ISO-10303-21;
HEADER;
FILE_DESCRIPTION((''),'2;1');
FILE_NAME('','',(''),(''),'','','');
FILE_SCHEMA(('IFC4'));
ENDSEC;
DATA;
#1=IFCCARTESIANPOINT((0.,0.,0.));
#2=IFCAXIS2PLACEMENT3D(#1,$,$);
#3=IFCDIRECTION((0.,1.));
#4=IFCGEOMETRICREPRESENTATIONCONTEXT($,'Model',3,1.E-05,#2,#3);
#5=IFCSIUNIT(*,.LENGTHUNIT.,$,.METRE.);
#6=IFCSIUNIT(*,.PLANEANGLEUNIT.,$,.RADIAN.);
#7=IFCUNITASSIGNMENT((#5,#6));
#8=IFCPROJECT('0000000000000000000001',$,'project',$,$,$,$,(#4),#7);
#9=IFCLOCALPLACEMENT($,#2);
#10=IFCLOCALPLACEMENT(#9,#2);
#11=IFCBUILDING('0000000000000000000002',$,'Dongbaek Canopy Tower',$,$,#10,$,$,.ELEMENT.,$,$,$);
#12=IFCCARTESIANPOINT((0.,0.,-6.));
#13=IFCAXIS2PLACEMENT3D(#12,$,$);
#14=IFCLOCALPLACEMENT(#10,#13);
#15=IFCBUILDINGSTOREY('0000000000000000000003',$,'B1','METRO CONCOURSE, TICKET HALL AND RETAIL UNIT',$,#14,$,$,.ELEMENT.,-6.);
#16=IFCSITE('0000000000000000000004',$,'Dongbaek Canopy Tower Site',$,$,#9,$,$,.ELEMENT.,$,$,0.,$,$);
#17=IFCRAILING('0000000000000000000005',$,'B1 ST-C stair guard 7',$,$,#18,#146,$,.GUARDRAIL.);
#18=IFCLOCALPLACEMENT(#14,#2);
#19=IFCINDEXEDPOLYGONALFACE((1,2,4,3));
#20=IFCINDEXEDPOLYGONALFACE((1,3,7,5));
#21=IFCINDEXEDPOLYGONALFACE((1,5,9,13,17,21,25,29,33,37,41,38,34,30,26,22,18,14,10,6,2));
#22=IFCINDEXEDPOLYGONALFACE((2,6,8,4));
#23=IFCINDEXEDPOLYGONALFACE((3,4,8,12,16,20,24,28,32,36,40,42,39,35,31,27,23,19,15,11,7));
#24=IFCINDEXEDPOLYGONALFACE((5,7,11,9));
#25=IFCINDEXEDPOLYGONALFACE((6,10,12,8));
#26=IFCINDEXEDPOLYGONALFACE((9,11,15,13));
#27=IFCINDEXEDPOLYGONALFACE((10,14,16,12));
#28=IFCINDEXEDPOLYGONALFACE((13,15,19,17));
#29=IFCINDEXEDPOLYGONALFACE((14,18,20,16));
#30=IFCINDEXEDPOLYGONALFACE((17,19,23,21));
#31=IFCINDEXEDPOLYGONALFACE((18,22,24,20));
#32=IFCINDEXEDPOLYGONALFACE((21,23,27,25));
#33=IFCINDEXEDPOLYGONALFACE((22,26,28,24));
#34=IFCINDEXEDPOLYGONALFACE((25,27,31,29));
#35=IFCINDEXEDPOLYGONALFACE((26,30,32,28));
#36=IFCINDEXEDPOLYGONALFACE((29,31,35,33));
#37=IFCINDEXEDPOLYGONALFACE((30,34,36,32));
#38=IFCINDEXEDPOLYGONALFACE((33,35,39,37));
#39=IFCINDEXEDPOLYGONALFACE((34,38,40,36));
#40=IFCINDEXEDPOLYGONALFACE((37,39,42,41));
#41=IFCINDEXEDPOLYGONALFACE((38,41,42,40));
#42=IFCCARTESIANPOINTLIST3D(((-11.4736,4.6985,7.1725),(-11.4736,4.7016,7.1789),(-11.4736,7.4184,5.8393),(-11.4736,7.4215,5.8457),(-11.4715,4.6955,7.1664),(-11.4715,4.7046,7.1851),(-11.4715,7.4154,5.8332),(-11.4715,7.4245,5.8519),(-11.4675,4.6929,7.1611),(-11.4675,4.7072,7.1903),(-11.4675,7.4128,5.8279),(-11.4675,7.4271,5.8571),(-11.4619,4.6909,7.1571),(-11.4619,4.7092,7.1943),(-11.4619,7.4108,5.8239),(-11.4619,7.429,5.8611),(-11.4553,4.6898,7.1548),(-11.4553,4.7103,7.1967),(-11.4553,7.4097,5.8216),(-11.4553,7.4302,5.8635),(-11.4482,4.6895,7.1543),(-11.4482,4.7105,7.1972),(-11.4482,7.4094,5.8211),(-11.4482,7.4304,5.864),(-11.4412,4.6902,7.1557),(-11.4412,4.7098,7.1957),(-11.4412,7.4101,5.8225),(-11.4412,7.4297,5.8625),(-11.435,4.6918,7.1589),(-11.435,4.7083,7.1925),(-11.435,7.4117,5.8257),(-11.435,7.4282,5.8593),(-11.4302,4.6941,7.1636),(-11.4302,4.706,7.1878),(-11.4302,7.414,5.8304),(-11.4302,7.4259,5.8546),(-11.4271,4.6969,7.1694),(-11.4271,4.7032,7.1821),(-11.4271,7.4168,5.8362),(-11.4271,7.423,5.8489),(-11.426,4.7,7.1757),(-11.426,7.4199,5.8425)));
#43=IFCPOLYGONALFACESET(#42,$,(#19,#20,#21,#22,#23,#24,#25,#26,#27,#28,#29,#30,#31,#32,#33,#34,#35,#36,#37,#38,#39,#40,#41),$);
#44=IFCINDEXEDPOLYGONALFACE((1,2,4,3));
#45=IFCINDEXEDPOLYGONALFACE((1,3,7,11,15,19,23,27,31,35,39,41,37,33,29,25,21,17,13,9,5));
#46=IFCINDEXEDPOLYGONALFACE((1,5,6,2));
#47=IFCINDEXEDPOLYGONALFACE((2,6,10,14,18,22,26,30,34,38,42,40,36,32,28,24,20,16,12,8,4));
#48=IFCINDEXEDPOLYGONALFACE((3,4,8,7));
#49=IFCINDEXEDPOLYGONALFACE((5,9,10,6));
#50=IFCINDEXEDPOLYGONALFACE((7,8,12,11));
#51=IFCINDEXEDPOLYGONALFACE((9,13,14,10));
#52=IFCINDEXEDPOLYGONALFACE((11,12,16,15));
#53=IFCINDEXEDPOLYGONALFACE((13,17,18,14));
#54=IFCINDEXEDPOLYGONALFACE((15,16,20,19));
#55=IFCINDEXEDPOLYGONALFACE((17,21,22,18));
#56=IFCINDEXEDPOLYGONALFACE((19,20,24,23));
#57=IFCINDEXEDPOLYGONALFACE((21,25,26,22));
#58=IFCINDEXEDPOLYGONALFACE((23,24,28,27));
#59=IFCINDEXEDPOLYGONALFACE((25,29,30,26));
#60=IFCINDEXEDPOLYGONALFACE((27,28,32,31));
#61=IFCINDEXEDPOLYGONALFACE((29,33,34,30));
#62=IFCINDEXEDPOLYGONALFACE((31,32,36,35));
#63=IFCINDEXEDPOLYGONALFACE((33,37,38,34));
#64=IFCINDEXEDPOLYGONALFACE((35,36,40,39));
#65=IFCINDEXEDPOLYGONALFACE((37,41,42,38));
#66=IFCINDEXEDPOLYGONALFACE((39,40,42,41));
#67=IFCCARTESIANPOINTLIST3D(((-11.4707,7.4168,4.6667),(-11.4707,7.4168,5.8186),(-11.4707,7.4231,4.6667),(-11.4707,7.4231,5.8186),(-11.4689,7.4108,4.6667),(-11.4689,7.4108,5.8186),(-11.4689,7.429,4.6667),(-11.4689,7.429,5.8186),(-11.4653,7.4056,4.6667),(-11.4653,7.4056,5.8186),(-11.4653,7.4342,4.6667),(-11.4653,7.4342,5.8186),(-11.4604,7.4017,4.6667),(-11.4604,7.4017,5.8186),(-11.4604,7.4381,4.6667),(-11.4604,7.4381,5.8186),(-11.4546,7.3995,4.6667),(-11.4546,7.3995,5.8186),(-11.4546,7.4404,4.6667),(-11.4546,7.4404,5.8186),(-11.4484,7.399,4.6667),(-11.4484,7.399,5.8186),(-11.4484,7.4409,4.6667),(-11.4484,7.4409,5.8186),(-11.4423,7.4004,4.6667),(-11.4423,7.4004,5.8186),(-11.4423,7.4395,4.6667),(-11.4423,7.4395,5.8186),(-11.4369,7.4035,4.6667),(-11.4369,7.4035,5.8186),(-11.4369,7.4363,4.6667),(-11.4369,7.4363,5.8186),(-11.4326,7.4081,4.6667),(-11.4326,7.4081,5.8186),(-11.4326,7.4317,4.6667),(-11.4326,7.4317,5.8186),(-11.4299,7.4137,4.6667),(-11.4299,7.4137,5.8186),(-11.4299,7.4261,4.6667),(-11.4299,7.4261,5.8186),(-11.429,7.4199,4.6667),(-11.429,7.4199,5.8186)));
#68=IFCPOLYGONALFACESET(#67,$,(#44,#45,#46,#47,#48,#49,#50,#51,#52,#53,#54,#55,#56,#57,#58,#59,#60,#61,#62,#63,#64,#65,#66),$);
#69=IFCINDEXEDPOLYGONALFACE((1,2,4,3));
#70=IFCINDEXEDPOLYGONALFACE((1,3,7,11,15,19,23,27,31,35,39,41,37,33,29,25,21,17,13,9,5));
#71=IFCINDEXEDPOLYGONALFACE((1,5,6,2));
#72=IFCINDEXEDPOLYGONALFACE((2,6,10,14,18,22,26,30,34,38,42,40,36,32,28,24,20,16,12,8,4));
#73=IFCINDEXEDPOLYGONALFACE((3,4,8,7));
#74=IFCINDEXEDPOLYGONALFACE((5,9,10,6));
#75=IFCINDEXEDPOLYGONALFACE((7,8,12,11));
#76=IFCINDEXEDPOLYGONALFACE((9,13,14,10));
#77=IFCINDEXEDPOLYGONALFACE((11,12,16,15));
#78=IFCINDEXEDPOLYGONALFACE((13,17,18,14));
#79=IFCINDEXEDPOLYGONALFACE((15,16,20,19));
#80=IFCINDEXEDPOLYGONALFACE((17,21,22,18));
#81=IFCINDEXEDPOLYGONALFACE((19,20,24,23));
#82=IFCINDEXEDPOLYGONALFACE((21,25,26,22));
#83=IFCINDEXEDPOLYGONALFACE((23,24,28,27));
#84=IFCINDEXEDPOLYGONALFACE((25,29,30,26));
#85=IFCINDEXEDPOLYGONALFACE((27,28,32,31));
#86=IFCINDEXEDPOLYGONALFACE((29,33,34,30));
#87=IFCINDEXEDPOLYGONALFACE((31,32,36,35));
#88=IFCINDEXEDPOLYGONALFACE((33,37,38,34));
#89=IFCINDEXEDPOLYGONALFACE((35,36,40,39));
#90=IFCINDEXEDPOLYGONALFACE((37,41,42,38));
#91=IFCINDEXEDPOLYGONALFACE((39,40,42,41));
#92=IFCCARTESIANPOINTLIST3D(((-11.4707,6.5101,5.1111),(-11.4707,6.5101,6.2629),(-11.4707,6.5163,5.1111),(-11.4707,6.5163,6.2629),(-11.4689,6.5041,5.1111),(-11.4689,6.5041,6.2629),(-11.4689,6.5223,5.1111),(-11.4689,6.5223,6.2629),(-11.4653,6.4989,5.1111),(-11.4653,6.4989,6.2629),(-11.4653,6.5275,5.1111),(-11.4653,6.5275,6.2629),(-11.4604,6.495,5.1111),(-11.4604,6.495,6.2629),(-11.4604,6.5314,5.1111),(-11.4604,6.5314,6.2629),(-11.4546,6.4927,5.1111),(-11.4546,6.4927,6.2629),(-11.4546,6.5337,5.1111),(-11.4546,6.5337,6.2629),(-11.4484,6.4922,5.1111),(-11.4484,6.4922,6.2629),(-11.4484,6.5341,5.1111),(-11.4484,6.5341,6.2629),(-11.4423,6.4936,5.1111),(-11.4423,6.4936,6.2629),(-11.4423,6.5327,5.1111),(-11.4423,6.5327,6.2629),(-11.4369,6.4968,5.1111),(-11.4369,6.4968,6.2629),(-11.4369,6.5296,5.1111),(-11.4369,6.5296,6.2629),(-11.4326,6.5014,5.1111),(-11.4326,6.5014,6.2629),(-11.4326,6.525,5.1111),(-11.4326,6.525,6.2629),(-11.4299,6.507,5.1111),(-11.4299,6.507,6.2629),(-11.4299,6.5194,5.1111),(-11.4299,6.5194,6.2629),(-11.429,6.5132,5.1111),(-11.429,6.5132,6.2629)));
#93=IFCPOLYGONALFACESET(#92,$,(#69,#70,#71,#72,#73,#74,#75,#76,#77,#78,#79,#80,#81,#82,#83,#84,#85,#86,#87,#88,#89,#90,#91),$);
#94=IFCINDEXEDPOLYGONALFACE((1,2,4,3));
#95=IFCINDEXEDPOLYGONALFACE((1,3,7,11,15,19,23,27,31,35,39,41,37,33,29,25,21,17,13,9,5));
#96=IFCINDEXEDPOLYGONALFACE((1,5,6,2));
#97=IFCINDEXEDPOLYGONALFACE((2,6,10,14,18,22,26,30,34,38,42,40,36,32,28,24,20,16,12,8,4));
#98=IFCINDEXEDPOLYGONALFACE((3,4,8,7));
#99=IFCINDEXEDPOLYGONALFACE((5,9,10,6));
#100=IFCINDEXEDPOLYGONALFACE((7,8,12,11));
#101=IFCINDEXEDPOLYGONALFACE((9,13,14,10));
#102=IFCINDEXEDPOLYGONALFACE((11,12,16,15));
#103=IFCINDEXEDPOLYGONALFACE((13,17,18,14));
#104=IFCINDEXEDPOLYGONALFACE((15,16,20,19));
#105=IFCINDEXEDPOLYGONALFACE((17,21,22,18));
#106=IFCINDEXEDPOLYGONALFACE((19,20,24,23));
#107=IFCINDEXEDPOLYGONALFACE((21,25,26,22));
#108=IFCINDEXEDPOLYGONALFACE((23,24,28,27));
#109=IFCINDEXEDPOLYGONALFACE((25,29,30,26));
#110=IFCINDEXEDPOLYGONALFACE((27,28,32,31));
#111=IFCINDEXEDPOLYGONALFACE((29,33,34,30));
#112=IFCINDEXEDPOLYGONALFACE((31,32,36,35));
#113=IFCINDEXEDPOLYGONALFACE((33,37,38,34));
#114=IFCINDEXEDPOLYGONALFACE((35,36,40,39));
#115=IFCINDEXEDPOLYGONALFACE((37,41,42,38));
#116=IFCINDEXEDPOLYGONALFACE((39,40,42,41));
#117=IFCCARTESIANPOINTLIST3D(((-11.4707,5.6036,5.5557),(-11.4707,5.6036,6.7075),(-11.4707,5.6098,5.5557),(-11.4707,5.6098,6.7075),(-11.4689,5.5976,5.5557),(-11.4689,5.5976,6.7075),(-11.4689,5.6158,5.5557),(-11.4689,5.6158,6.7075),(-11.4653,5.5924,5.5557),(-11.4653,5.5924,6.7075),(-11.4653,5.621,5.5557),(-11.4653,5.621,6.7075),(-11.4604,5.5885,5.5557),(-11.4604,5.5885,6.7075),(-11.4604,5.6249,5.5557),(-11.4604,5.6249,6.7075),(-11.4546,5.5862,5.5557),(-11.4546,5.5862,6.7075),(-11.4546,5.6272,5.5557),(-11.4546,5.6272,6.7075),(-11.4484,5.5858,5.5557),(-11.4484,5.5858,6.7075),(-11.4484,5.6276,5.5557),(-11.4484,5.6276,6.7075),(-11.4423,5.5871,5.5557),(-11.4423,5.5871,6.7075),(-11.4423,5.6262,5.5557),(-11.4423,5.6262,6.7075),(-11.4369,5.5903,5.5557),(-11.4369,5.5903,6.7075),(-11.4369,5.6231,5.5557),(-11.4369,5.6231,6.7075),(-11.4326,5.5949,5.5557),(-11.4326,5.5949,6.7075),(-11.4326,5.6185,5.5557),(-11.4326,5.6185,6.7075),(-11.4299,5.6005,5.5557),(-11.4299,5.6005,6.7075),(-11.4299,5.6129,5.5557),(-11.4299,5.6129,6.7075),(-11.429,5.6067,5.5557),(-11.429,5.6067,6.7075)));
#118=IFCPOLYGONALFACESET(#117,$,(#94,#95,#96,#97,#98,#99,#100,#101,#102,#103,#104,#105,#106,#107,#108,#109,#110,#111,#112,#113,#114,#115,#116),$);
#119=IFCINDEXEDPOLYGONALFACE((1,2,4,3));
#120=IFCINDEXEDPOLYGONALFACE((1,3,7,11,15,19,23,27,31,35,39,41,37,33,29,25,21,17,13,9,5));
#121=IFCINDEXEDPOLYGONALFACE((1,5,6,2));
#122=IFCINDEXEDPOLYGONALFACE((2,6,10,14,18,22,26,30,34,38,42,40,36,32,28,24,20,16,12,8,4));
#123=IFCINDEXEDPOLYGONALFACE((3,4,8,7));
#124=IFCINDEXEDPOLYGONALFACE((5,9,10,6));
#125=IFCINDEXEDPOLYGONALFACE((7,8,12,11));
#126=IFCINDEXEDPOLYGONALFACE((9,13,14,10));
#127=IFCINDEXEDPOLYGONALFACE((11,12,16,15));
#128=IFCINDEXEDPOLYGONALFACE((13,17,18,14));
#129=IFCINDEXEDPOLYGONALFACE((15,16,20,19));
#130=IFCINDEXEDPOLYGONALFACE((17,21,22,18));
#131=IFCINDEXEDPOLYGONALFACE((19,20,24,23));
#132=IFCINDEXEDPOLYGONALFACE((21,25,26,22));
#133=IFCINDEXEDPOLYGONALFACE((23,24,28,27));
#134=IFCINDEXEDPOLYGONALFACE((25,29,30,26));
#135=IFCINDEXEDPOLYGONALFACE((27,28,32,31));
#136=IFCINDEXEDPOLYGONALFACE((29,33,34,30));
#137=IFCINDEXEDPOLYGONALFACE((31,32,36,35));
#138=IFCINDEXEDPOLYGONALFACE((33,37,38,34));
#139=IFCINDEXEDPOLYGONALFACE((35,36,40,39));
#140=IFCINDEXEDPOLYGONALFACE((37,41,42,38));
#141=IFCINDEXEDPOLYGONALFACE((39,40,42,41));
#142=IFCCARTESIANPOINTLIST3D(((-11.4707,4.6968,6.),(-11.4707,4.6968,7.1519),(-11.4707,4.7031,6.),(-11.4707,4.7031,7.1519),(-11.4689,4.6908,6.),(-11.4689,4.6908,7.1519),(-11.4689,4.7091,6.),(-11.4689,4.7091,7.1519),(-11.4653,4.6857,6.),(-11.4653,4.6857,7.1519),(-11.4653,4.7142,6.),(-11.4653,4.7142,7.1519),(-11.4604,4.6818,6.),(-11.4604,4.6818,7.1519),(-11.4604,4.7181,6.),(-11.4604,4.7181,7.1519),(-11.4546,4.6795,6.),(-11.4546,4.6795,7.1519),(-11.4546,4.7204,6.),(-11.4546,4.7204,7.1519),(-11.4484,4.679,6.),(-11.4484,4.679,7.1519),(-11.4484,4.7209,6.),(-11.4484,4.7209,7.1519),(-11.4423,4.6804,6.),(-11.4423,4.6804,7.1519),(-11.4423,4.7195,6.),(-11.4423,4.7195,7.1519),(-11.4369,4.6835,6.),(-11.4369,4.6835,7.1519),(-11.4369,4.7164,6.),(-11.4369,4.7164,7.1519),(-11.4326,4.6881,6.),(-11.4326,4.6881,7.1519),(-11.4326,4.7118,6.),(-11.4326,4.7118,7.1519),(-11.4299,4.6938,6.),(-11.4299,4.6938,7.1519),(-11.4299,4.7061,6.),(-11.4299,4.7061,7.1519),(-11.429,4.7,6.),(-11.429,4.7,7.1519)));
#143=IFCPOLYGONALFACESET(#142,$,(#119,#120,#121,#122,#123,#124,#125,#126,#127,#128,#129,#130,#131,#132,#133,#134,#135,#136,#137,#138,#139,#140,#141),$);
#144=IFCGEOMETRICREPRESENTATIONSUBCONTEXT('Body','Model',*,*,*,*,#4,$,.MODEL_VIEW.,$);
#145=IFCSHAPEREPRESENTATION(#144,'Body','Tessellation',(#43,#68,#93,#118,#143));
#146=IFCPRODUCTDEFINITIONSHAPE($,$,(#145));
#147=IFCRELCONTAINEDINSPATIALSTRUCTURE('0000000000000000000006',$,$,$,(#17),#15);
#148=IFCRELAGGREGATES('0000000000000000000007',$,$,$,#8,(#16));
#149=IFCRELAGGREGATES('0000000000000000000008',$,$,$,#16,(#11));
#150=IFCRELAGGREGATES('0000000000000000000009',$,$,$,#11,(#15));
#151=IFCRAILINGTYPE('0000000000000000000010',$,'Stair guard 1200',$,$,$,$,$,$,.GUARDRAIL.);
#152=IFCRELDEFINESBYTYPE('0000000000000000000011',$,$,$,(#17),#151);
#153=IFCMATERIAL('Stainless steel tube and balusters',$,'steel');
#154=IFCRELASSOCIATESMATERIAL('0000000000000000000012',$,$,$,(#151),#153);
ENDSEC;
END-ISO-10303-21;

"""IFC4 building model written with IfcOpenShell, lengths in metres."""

from ifc_helpers import new_model, si_unit, direction, frame, origin, origin_2d, place, context, subcontext, project, spatial, circle, extrude, material, type_object, element, save


model = new_model("IFC4")

# Units and contexts
model_context = context("Model", 3, precision=1e-05, world=origin(), true_north=direction((0.0, 1.0)))
body_context = subcontext(model_context, "Body", "Model", "MODEL_VIEW")
ifc_project = project(units=[si_unit("LENGTHUNIT", "METRE"), si_unit("PLANEANGLEUNIT", "RADIAN")], contexts=[model_context])

# Site, building, storey
site_placement = place(None, origin())
site = spatial("IfcSite", under=ifc_project, at=site_placement, Name="Dongbaek Canopy Tower Site", CompositionType="ELEMENT", RefElevation=0.0)
building_placement = place(site_placement, origin())
building = spatial("IfcBuilding", under=site, at=building_placement, Name="Dongbaek Canopy Tower", CompositionType="ELEMENT")
storey_placement = place(building_placement, frame((0.0, 0.0, -6.0)))
storey = spatial("IfcBuildingStorey", under=building, at=storey_placement, Name="B1", Description="METRO CONCOURSE, TICKET HALL AND RETAIL UNIT", CompositionType="ELEMENT", Elevation=-6.0)

# Railing
ifc_material_1 = material(Name="Stainless steel tube and balusters", Category="steel")
railing_type = type_object("IfcRailingType", Name="Stair guard 1200", PredefinedType="GUARDRAIL", material=ifc_material_1)
railing_1_placement = place(storey_placement, frame((-11.45, 7.4199, 4.6667)))
element("IfcRailing", 1, at=railing_1_placement, inside=storey, type_object=railing_type, Name="B1 ST-C stair guard 7", PredefinedType="GUARDRAIL", context=body_context, shape_type="SweptSolid", body=[
    extrude(circle(Radius=0.0239, at=origin_2d()), frame((0.0, 0.0, 1.1758), z_axis=(0.0, -0.897929, 0.440139), x_axis=(1.0, 0.0, 0.0)), (0.0, 0.0, 1.0), 3.0291),
    extrude(circle(Radius=0.021, at=origin_2d()), origin(), (0.0, 0.0, 1.0), 1.1519),
    extrude(circle(Radius=0.021, at=origin_2d()), frame((0.0, -0.9067, 0.4443)), (0.0, 0.0, 1.0), 1.1519),
    extrude(circle(Radius=0.021, at=origin_2d()), frame((0.0, -1.8132, 0.8889)), (0.0, 0.0, 1.0), 1.1519),
    extrude(circle(Radius=0.021, at=origin_2d()), frame((0.0, -2.72, 1.3333)), (0.0, 0.0, 1.0), 1.1519),
])

save(model, "model.ifc")
